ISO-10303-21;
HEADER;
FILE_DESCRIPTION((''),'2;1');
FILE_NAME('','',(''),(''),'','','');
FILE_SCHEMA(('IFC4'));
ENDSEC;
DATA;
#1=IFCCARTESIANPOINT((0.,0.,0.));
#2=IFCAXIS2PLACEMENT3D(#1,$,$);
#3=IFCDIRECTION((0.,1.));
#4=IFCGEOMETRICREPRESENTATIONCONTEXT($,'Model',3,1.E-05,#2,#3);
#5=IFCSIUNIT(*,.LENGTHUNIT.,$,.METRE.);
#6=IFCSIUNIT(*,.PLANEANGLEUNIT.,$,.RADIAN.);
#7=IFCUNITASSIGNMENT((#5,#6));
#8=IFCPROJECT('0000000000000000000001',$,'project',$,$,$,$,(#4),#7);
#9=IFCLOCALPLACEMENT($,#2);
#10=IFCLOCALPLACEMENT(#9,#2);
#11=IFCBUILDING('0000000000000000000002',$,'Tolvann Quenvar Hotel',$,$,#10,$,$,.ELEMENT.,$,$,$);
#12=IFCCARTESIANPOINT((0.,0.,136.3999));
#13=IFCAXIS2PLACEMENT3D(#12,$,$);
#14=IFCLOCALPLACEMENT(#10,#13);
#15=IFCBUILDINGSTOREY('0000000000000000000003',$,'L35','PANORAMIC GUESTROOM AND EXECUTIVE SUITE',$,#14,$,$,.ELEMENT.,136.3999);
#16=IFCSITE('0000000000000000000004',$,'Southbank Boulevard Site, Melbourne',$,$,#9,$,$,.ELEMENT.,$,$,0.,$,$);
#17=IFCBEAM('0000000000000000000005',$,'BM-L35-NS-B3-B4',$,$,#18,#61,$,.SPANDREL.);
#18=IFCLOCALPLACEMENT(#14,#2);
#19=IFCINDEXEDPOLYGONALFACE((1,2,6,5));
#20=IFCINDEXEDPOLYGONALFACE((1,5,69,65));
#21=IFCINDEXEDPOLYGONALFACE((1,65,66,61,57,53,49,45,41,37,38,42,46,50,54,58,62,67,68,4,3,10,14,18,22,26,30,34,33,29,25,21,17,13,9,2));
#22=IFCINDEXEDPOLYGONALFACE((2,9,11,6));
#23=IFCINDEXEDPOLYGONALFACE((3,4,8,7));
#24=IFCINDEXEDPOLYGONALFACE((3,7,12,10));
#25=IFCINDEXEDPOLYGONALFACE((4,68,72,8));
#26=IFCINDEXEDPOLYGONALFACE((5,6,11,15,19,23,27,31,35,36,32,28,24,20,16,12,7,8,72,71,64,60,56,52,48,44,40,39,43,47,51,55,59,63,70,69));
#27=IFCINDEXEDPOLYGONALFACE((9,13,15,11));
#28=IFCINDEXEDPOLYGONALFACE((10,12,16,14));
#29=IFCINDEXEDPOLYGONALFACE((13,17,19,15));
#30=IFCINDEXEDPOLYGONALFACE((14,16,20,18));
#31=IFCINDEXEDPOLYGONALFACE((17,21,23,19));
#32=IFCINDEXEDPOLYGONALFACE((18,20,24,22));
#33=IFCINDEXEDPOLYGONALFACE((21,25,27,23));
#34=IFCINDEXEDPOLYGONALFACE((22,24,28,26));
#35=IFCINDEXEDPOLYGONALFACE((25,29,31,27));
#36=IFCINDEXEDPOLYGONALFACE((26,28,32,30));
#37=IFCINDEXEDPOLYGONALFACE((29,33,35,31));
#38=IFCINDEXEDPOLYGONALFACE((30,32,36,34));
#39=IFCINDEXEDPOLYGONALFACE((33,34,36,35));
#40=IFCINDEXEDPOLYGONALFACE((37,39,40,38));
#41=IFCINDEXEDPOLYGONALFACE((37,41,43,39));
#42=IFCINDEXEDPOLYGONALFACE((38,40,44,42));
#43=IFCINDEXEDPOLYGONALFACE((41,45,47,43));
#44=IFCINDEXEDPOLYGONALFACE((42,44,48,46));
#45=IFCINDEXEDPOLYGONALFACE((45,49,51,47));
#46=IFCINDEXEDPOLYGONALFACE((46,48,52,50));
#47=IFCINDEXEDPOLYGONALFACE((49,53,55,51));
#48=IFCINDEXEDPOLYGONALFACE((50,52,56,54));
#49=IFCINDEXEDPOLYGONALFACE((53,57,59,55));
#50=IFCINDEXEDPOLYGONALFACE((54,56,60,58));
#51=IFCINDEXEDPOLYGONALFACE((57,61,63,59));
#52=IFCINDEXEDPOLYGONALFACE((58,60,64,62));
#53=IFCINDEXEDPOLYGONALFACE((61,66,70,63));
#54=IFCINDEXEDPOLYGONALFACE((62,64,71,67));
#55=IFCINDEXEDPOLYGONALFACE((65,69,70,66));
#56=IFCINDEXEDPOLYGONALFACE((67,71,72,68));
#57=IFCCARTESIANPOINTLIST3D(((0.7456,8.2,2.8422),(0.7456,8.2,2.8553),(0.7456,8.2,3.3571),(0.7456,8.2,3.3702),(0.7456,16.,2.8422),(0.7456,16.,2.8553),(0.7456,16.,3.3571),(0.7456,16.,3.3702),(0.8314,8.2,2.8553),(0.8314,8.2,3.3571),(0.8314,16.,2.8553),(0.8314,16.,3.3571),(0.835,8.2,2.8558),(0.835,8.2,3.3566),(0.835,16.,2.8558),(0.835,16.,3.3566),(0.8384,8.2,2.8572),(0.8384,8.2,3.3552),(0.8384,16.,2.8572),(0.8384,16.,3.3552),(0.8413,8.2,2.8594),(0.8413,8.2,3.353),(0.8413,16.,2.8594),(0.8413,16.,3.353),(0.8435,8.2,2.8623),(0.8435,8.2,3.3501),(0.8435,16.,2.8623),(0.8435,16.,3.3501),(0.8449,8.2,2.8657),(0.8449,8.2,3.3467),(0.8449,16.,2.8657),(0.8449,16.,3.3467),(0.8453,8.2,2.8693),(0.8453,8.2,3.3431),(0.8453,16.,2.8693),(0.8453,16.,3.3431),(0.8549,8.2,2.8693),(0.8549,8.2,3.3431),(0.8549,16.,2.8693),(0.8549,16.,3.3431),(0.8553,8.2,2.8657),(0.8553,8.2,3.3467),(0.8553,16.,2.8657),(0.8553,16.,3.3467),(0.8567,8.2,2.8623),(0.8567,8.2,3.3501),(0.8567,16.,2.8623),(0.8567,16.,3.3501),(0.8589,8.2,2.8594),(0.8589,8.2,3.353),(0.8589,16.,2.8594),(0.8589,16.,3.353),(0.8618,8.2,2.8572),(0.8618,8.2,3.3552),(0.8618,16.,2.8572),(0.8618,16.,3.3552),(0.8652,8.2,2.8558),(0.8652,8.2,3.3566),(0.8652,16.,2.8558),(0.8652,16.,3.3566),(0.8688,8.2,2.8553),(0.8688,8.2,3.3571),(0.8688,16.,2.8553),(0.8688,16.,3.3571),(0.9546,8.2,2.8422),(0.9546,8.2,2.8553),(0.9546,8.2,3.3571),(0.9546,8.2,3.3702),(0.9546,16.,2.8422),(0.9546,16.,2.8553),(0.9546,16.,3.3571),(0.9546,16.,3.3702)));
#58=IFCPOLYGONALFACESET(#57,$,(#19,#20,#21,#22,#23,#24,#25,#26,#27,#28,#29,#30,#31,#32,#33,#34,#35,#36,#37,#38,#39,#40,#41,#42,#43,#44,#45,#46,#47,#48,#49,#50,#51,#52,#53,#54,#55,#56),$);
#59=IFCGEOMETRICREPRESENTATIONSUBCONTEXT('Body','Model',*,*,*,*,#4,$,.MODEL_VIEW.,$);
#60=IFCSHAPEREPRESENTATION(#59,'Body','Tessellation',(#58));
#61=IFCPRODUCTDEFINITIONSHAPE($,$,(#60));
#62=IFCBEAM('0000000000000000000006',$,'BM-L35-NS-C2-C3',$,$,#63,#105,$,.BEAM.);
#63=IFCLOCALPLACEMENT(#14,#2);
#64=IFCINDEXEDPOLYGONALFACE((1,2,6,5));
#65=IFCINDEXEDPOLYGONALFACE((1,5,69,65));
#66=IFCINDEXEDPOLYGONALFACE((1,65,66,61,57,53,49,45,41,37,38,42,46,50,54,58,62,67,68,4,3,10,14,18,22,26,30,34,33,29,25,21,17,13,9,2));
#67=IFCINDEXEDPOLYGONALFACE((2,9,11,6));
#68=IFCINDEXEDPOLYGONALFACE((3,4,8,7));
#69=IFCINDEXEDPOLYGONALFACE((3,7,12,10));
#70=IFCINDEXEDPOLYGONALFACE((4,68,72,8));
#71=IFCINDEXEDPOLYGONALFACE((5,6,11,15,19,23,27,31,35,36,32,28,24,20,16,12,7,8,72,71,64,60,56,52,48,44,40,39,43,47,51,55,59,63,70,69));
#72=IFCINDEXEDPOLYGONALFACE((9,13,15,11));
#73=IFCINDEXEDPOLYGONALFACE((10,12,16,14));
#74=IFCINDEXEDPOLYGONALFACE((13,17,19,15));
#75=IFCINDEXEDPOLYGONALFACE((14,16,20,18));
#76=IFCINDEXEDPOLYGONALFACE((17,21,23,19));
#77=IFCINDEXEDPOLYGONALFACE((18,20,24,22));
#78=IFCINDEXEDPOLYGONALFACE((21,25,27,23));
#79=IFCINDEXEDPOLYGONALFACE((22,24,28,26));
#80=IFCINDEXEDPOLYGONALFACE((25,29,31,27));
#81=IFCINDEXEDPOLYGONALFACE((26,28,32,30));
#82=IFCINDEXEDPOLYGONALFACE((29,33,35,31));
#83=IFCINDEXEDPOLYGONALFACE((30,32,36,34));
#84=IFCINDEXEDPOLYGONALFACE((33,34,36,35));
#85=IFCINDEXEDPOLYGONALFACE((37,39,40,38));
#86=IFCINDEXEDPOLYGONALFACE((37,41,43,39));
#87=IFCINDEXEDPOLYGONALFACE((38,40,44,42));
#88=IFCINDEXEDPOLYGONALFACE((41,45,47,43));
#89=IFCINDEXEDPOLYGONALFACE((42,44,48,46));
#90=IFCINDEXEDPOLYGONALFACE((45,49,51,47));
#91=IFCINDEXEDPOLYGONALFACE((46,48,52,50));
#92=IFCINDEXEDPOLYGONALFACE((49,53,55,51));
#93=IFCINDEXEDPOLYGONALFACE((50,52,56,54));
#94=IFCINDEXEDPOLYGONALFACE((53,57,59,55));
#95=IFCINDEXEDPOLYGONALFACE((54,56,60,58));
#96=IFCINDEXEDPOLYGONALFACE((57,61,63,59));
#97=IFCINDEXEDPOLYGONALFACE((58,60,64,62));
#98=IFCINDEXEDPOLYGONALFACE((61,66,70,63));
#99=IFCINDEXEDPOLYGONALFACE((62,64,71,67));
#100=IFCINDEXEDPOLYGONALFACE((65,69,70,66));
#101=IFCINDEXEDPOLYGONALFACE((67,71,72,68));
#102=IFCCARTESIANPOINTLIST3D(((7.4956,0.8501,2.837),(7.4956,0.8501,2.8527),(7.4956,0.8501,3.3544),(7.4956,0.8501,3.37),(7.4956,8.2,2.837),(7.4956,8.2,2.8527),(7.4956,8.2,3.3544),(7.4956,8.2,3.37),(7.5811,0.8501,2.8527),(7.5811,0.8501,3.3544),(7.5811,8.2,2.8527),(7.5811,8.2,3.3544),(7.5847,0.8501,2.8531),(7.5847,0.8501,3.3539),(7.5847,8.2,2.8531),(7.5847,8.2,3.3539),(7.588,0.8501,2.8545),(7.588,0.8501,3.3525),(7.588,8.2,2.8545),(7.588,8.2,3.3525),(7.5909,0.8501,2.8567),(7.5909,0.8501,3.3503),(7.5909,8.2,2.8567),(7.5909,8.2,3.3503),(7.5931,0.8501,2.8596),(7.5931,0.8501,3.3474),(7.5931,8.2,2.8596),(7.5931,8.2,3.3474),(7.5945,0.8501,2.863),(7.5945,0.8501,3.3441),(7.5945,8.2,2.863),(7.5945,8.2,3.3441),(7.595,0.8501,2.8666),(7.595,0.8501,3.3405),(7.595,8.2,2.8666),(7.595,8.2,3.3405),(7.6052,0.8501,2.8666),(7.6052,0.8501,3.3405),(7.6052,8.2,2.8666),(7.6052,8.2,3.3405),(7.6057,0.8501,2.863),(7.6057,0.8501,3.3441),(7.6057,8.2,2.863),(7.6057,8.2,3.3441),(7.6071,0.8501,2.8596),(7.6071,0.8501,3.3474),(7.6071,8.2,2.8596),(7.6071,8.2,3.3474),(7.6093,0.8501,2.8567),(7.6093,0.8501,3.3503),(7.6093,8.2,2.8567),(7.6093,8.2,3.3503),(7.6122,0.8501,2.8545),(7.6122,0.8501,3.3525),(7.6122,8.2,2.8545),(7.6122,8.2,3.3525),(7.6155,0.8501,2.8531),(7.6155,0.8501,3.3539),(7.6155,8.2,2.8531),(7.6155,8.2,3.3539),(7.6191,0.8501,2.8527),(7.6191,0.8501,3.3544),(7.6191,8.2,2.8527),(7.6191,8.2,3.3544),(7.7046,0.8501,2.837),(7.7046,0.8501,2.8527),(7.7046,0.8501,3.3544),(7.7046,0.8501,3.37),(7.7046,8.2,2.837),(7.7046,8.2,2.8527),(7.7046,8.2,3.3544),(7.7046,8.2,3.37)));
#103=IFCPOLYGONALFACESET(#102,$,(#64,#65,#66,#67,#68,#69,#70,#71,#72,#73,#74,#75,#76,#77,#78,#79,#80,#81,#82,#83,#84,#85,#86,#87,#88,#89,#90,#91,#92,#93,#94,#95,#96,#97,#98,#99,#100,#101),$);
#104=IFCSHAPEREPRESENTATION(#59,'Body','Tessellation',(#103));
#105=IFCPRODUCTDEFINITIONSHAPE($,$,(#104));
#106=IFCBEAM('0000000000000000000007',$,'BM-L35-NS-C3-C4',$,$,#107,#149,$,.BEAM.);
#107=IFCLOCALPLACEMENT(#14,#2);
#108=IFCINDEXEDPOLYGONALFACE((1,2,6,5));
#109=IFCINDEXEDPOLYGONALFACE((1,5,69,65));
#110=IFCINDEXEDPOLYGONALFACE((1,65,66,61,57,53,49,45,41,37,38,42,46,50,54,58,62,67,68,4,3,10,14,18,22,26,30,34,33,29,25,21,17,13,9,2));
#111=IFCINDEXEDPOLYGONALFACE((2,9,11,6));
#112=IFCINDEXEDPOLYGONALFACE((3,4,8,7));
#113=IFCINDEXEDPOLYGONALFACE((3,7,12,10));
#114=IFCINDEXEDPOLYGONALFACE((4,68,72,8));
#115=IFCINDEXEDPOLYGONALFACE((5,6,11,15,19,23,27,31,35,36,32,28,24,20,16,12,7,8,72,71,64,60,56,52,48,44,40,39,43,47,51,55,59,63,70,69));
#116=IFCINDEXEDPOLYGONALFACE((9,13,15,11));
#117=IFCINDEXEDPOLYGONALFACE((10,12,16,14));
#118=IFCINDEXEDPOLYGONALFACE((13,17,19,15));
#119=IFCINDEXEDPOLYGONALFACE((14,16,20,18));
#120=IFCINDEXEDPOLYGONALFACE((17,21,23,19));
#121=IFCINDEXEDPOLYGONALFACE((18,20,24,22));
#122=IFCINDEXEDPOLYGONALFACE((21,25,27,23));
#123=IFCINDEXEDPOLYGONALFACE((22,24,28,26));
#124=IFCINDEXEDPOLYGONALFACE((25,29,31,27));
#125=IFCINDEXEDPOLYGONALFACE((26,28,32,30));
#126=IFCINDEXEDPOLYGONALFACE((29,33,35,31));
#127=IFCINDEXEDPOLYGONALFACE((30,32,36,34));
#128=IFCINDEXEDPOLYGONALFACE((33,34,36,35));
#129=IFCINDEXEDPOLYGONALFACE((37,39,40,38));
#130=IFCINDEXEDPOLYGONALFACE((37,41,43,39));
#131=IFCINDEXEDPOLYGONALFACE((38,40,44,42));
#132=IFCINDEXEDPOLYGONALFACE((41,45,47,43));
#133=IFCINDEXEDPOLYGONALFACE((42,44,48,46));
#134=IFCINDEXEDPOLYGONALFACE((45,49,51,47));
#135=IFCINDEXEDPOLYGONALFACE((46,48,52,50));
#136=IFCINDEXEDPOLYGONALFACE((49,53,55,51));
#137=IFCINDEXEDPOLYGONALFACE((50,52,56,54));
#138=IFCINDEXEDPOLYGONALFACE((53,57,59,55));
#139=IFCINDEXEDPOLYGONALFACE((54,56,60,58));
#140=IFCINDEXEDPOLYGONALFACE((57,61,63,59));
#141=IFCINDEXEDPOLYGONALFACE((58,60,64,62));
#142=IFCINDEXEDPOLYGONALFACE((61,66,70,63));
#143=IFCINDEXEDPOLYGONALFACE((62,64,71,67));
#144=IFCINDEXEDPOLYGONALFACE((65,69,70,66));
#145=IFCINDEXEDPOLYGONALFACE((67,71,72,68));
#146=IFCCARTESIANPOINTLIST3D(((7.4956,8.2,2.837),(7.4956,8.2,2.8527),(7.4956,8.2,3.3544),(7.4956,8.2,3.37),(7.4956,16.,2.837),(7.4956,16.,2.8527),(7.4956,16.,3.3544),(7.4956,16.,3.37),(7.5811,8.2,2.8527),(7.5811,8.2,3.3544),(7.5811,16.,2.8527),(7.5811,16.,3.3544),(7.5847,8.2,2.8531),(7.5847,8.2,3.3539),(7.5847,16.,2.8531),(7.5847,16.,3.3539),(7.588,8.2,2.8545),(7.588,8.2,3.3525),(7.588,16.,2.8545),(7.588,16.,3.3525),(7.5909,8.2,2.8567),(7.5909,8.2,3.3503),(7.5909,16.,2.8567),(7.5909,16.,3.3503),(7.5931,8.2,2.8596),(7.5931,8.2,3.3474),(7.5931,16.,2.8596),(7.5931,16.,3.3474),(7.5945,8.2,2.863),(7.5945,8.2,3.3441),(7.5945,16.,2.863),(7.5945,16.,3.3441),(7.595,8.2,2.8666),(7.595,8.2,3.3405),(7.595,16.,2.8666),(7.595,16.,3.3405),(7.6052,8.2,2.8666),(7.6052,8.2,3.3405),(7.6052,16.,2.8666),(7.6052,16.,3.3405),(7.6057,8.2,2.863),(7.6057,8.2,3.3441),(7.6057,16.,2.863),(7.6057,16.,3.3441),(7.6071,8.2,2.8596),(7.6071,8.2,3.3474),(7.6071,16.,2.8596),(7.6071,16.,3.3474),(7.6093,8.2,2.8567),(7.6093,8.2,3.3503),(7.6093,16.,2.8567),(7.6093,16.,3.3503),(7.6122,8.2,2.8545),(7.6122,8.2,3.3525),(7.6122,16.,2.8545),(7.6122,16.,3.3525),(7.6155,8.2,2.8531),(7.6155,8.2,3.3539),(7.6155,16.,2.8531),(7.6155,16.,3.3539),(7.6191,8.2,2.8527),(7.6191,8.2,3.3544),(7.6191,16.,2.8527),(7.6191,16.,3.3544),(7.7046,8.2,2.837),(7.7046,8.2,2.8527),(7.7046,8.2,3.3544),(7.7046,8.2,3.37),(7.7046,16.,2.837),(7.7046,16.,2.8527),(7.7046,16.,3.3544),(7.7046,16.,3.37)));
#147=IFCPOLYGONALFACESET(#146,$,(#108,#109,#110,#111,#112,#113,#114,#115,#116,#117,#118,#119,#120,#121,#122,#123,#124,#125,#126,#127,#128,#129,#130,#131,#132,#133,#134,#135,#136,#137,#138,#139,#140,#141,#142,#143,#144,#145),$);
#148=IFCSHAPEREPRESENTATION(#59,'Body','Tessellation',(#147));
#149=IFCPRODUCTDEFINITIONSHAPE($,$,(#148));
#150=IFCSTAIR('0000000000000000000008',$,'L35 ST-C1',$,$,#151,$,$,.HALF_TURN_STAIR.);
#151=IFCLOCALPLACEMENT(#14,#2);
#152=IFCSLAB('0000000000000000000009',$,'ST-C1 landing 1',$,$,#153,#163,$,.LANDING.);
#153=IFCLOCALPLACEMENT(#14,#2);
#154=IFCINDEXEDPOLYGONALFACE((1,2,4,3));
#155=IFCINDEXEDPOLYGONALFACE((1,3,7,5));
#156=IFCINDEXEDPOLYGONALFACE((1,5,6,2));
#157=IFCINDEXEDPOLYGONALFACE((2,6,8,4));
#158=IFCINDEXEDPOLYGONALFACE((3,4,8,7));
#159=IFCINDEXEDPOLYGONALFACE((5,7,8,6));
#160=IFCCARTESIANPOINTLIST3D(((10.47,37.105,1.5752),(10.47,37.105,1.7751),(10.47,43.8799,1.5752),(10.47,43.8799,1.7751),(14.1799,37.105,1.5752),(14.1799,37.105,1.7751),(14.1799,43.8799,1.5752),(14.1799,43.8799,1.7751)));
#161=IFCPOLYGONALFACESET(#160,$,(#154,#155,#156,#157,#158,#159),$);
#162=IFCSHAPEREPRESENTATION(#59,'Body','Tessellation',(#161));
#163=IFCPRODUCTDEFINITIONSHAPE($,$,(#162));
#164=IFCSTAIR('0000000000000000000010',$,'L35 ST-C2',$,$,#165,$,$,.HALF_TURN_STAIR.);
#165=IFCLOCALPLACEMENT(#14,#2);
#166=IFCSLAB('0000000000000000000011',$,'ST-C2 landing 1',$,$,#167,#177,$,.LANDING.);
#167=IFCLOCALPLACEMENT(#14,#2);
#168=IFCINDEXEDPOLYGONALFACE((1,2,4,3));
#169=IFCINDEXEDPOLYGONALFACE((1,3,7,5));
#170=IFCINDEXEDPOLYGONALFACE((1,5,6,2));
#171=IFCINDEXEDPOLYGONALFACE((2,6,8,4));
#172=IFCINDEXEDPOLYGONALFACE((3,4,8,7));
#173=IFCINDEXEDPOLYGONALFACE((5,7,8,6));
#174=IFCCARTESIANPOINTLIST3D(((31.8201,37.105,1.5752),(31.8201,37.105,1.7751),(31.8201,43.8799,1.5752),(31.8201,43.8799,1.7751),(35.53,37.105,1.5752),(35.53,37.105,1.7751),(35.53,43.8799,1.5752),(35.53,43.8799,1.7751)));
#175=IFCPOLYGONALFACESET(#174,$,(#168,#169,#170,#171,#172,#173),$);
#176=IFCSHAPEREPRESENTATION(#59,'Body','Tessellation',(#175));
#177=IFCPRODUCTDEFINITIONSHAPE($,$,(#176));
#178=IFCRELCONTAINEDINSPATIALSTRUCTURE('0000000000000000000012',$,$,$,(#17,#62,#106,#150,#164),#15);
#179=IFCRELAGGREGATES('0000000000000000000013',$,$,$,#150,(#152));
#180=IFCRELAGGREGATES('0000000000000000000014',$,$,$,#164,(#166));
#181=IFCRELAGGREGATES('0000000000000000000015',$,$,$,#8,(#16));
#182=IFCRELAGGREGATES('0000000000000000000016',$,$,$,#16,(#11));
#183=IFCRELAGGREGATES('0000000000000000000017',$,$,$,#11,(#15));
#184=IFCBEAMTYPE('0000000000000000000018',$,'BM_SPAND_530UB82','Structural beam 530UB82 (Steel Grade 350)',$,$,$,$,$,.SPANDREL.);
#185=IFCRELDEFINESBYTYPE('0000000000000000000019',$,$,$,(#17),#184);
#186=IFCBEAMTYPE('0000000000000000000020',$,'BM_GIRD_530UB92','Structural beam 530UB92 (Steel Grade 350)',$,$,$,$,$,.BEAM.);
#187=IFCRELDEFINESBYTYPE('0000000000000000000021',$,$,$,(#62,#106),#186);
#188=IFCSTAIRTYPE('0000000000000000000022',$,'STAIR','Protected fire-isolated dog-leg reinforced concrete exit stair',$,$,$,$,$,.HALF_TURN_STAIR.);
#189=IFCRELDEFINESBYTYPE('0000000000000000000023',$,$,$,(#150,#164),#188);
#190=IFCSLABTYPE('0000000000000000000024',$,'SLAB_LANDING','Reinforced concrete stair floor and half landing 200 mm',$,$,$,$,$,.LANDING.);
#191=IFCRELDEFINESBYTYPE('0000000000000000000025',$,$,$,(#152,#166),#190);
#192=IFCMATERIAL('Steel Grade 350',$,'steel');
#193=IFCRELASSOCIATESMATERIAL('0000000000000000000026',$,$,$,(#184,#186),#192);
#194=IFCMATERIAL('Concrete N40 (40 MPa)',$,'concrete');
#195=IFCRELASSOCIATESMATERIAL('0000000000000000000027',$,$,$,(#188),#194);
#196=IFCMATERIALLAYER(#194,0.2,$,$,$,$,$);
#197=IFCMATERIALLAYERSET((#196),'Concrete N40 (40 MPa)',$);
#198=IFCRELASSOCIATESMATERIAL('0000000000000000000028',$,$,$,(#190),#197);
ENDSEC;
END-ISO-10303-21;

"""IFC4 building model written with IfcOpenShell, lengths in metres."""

from ifc_helpers import new_model, si_unit, direction, frame, origin, origin_2d, place, context, subcontext, project, spatial, polyline, i_section, outline, extrude, source, transform, mapped, material, layer, layer_set, material_profile, profile_set, type_object, type_shapes, element, aggregate, save


model = new_model("IFC4")

# Units and contexts
model_context = context("Model", 3, precision=1e-05, world=origin(), true_north=direction((0.0, 1.0)))
body_context = subcontext(model_context, "Body", "Model", "MODEL_VIEW")
ifc_project = project(units=[si_unit("LENGTHUNIT", "METRE"), si_unit("PLANEANGLEUNIT", "RADIAN")], contexts=[model_context])

# Site, building, storey
site_placement = place(None, origin())
site = spatial("IfcSite", under=ifc_project, at=site_placement, Name="Southbank Boulevard Site, Melbourne", CompositionType="ELEMENT", RefElevation=0.0)
building_placement = place(site_placement, origin())
building = spatial("IfcBuilding", under=site, at=building_placement, Name="Tolvann Quenvar Hotel", CompositionType="ELEMENT")
storey_placement = place(building_placement, frame((0.0, 0.0, 136.3999)))
storey = spatial("IfcBuildingStorey", under=building, at=storey_placement, Name="L35", Description="PANORAMIC GUESTROOM AND EXECUTIVE SUITE", CompositionType="ELEMENT", Elevation=136.3999)

# Shared definitions
ifc_material_1 = material(Name="Steel Grade 350", Category="steel")

# Beams
ifc_material_profile_1 = material_profile(ifc_material_1, i_section(OverallWidth=0.209, OverallDepth=0.5281, WebThickness=0.0095, FlangeThickness=0.0132, FilletRadius=0.0139, at=origin_2d()), Name="530UB82")
ifc_profile_set_1 = profile_set([ifc_material_profile_1], Name="Steel Grade 350")
beam_type_1 = type_object("IfcBeamType", Name="BM_SPAND_530UB82", Description="Structural beam 530UB82 (Steel Grade 350)", PredefinedType="SPANDREL", material=ifc_profile_set_1)
shared_shape_1 = source(origin(), body_context, "Body", "SweptSolid", [
    extrude(i_section(OverallWidth=0.209, OverallDepth=0.5281, WebThickness=0.0095, FlangeThickness=0.0132, FilletRadius=0.0139, at=origin_2d()), origin(), (0.0, 0.0, 1.0), 7.8),
])
beam_1_placement = place(storey_placement, frame((0.8501, 8.2, 3.1062), z_axis=(0.0, 1.0, 0.0), x_axis=(-1.0, 0.0, 0.0)))
element("IfcBeam", 1, at=beam_1_placement, inside=storey, type_object=beam_type_1, Name="BM-L35-NS-B3-B4", PredefinedType="SPANDREL", context=body_context, shape_type="MappedRepresentation", body=[
    mapped(shared_shape_1, transform((0.0, 0.0, 0.0), x_axis=(1.0, 0.0, 0.0), y_axis=(0.0, 1.0, 0.0), z_axis=(0.0, 0.0, 1.0), scale=1.0)),
])
ifc_material_profile_2 = material_profile(ifc_material_1, i_section(OverallWidth=0.209, OverallDepth=0.533, WebThickness=0.0103, FlangeThickness=0.0156, FilletRadius=0.0139, at=origin_2d()), Name="530UB92")
ifc_profile_set_2 = profile_set([ifc_material_profile_2], Name="Steel Grade 350")
beam_type_2 = type_object("IfcBeamType", Name="BM_GIRD_530UB92", Description="Structural beam 530UB92 (Steel Grade 350)", PredefinedType="BEAM", material=ifc_profile_set_2)
shared_shape_2 = source(origin(), body_context, "Body", "SweptSolid", [
    extrude(i_section(OverallWidth=0.209, OverallDepth=0.533, WebThickness=0.0103, FlangeThickness=0.0156, FilletRadius=0.0139, at=origin_2d()), origin(), (0.0, 0.0, 1.0), 7.3499),
])
beam_2_placement = place(storey_placement, frame((7.6001, 0.8501, 3.1035), z_axis=(0.0, 1.0, 0.0), x_axis=(-1.0, 0.0, 0.0)))
element("IfcBeam", 2, at=beam_2_placement, inside=storey, type_object=beam_type_2, Name="BM-L35-NS-C2-C3", PredefinedType="BEAM", context=body_context, shape_type="MappedRepresentation", body=[
    mapped(shared_shape_2, transform((0.0, 0.0, 0.0), x_axis=(1.0, 0.0, 0.0), y_axis=(0.0, 1.0, 0.0), z_axis=(0.0, 0.0, 1.0), scale=1.0)),
])
shared_shape_3 = source(origin(), body_context, "Body", "SweptSolid", [
    extrude(i_section(OverallWidth=0.209, OverallDepth=0.533, WebThickness=0.0103, FlangeThickness=0.0156, FilletRadius=0.0139, at=origin_2d()), origin(), (0.0, 0.0, 1.0), 7.8),
])
type_shapes(beam_type_2, [shared_shape_2, shared_shape_3])
beam_3_placement = place(storey_placement, frame((7.6001, 8.2, 3.1035), z_axis=(0.0, 1.0, 0.0), x_axis=(-1.0, 0.0, 0.0)))
element("IfcBeam", 3, at=beam_3_placement, inside=storey, type_object=beam_type_2, Name="BM-L35-NS-C3-C4", PredefinedType="BEAM", context=body_context, shape_type="MappedRepresentation", body=[
    mapped(shared_shape_3, transform((0.0, 0.0, 0.0), x_axis=(1.0, 0.0, 0.0), y_axis=(0.0, 1.0, 0.0), z_axis=(0.0, 0.0, 1.0), scale=1.0)),
])

# Stairs, slabs
ifc_material_2 = material(Name="Concrete N40 (40 MPa)", Category="concrete")
stair_type = type_object("IfcStairType", Name="STAIR", Description="Protected fire-isolated dog-leg reinforced concrete exit stair", PredefinedType="HALF_TURN_STAIR", material=ifc_material_2)
stair_1_placement = place(storey_placement, origin())
stair_1 = element("IfcStair", 4, at=stair_1_placement, inside=storey, type_object=stair_type, Name="L35 ST-C1", PredefinedType="HALF_TURN_STAIR")
ifc_layer_1 = layer(ifc_material_2, 0.2)
ifc_layer_set_1 = layer_set([ifc_layer_1], Name="Concrete N40 (40 MPa)")
slab_type_1 = type_object("IfcSlabType", Name="SLAB_LANDING", Description="Reinforced concrete stair floor and half landing 200 mm", PredefinedType="LANDING", material=ifc_layer_set_1)
slab_1_placement = place(storey_placement, frame((0.0, 0.0, 1.5752)))
slab_1 = element("IfcSlab", 5, at=slab_1_placement, type_object=slab_type_1, Name="ST-C1 landing 1", PredefinedType="LANDING", context=body_context, shape_type="SweptSolid", body=[
    extrude(outline(polyline([(14.1799, 37.105), (14.1799, 43.8799), (10.47, 43.8799), (10.47, 37.105), (14.1799, 37.105)])), origin(), (0.0, 0.0, 1.0), 0.2),
])
aggregate(stair_1, [slab_1])
stair_2_placement = place(storey_placement, origin())
stair_2 = element("IfcStair", 6, at=stair_2_placement, inside=storey, type_object=stair_type, Name="L35 ST-C2", PredefinedType="HALF_TURN_STAIR")
slab_2_placement = place(storey_placement, frame((0.0, 0.0, 1.5752)))
slab_2 = element("IfcSlab", 7, at=slab_2_placement, type_object=slab_type_1, Name="ST-C2 landing 1", PredefinedType="LANDING", context=body_context, shape_type="SweptSolid", body=[
    extrude(outline(polyline([(35.53, 37.105), (35.53, 43.8799), (31.8201, 43.8799), (31.8201, 37.105), (35.53, 37.105)])), origin(), (0.0, 0.0, 1.0), 0.2),
])
aggregate(stair_2, [slab_2])

save(model, "model.ifc")
